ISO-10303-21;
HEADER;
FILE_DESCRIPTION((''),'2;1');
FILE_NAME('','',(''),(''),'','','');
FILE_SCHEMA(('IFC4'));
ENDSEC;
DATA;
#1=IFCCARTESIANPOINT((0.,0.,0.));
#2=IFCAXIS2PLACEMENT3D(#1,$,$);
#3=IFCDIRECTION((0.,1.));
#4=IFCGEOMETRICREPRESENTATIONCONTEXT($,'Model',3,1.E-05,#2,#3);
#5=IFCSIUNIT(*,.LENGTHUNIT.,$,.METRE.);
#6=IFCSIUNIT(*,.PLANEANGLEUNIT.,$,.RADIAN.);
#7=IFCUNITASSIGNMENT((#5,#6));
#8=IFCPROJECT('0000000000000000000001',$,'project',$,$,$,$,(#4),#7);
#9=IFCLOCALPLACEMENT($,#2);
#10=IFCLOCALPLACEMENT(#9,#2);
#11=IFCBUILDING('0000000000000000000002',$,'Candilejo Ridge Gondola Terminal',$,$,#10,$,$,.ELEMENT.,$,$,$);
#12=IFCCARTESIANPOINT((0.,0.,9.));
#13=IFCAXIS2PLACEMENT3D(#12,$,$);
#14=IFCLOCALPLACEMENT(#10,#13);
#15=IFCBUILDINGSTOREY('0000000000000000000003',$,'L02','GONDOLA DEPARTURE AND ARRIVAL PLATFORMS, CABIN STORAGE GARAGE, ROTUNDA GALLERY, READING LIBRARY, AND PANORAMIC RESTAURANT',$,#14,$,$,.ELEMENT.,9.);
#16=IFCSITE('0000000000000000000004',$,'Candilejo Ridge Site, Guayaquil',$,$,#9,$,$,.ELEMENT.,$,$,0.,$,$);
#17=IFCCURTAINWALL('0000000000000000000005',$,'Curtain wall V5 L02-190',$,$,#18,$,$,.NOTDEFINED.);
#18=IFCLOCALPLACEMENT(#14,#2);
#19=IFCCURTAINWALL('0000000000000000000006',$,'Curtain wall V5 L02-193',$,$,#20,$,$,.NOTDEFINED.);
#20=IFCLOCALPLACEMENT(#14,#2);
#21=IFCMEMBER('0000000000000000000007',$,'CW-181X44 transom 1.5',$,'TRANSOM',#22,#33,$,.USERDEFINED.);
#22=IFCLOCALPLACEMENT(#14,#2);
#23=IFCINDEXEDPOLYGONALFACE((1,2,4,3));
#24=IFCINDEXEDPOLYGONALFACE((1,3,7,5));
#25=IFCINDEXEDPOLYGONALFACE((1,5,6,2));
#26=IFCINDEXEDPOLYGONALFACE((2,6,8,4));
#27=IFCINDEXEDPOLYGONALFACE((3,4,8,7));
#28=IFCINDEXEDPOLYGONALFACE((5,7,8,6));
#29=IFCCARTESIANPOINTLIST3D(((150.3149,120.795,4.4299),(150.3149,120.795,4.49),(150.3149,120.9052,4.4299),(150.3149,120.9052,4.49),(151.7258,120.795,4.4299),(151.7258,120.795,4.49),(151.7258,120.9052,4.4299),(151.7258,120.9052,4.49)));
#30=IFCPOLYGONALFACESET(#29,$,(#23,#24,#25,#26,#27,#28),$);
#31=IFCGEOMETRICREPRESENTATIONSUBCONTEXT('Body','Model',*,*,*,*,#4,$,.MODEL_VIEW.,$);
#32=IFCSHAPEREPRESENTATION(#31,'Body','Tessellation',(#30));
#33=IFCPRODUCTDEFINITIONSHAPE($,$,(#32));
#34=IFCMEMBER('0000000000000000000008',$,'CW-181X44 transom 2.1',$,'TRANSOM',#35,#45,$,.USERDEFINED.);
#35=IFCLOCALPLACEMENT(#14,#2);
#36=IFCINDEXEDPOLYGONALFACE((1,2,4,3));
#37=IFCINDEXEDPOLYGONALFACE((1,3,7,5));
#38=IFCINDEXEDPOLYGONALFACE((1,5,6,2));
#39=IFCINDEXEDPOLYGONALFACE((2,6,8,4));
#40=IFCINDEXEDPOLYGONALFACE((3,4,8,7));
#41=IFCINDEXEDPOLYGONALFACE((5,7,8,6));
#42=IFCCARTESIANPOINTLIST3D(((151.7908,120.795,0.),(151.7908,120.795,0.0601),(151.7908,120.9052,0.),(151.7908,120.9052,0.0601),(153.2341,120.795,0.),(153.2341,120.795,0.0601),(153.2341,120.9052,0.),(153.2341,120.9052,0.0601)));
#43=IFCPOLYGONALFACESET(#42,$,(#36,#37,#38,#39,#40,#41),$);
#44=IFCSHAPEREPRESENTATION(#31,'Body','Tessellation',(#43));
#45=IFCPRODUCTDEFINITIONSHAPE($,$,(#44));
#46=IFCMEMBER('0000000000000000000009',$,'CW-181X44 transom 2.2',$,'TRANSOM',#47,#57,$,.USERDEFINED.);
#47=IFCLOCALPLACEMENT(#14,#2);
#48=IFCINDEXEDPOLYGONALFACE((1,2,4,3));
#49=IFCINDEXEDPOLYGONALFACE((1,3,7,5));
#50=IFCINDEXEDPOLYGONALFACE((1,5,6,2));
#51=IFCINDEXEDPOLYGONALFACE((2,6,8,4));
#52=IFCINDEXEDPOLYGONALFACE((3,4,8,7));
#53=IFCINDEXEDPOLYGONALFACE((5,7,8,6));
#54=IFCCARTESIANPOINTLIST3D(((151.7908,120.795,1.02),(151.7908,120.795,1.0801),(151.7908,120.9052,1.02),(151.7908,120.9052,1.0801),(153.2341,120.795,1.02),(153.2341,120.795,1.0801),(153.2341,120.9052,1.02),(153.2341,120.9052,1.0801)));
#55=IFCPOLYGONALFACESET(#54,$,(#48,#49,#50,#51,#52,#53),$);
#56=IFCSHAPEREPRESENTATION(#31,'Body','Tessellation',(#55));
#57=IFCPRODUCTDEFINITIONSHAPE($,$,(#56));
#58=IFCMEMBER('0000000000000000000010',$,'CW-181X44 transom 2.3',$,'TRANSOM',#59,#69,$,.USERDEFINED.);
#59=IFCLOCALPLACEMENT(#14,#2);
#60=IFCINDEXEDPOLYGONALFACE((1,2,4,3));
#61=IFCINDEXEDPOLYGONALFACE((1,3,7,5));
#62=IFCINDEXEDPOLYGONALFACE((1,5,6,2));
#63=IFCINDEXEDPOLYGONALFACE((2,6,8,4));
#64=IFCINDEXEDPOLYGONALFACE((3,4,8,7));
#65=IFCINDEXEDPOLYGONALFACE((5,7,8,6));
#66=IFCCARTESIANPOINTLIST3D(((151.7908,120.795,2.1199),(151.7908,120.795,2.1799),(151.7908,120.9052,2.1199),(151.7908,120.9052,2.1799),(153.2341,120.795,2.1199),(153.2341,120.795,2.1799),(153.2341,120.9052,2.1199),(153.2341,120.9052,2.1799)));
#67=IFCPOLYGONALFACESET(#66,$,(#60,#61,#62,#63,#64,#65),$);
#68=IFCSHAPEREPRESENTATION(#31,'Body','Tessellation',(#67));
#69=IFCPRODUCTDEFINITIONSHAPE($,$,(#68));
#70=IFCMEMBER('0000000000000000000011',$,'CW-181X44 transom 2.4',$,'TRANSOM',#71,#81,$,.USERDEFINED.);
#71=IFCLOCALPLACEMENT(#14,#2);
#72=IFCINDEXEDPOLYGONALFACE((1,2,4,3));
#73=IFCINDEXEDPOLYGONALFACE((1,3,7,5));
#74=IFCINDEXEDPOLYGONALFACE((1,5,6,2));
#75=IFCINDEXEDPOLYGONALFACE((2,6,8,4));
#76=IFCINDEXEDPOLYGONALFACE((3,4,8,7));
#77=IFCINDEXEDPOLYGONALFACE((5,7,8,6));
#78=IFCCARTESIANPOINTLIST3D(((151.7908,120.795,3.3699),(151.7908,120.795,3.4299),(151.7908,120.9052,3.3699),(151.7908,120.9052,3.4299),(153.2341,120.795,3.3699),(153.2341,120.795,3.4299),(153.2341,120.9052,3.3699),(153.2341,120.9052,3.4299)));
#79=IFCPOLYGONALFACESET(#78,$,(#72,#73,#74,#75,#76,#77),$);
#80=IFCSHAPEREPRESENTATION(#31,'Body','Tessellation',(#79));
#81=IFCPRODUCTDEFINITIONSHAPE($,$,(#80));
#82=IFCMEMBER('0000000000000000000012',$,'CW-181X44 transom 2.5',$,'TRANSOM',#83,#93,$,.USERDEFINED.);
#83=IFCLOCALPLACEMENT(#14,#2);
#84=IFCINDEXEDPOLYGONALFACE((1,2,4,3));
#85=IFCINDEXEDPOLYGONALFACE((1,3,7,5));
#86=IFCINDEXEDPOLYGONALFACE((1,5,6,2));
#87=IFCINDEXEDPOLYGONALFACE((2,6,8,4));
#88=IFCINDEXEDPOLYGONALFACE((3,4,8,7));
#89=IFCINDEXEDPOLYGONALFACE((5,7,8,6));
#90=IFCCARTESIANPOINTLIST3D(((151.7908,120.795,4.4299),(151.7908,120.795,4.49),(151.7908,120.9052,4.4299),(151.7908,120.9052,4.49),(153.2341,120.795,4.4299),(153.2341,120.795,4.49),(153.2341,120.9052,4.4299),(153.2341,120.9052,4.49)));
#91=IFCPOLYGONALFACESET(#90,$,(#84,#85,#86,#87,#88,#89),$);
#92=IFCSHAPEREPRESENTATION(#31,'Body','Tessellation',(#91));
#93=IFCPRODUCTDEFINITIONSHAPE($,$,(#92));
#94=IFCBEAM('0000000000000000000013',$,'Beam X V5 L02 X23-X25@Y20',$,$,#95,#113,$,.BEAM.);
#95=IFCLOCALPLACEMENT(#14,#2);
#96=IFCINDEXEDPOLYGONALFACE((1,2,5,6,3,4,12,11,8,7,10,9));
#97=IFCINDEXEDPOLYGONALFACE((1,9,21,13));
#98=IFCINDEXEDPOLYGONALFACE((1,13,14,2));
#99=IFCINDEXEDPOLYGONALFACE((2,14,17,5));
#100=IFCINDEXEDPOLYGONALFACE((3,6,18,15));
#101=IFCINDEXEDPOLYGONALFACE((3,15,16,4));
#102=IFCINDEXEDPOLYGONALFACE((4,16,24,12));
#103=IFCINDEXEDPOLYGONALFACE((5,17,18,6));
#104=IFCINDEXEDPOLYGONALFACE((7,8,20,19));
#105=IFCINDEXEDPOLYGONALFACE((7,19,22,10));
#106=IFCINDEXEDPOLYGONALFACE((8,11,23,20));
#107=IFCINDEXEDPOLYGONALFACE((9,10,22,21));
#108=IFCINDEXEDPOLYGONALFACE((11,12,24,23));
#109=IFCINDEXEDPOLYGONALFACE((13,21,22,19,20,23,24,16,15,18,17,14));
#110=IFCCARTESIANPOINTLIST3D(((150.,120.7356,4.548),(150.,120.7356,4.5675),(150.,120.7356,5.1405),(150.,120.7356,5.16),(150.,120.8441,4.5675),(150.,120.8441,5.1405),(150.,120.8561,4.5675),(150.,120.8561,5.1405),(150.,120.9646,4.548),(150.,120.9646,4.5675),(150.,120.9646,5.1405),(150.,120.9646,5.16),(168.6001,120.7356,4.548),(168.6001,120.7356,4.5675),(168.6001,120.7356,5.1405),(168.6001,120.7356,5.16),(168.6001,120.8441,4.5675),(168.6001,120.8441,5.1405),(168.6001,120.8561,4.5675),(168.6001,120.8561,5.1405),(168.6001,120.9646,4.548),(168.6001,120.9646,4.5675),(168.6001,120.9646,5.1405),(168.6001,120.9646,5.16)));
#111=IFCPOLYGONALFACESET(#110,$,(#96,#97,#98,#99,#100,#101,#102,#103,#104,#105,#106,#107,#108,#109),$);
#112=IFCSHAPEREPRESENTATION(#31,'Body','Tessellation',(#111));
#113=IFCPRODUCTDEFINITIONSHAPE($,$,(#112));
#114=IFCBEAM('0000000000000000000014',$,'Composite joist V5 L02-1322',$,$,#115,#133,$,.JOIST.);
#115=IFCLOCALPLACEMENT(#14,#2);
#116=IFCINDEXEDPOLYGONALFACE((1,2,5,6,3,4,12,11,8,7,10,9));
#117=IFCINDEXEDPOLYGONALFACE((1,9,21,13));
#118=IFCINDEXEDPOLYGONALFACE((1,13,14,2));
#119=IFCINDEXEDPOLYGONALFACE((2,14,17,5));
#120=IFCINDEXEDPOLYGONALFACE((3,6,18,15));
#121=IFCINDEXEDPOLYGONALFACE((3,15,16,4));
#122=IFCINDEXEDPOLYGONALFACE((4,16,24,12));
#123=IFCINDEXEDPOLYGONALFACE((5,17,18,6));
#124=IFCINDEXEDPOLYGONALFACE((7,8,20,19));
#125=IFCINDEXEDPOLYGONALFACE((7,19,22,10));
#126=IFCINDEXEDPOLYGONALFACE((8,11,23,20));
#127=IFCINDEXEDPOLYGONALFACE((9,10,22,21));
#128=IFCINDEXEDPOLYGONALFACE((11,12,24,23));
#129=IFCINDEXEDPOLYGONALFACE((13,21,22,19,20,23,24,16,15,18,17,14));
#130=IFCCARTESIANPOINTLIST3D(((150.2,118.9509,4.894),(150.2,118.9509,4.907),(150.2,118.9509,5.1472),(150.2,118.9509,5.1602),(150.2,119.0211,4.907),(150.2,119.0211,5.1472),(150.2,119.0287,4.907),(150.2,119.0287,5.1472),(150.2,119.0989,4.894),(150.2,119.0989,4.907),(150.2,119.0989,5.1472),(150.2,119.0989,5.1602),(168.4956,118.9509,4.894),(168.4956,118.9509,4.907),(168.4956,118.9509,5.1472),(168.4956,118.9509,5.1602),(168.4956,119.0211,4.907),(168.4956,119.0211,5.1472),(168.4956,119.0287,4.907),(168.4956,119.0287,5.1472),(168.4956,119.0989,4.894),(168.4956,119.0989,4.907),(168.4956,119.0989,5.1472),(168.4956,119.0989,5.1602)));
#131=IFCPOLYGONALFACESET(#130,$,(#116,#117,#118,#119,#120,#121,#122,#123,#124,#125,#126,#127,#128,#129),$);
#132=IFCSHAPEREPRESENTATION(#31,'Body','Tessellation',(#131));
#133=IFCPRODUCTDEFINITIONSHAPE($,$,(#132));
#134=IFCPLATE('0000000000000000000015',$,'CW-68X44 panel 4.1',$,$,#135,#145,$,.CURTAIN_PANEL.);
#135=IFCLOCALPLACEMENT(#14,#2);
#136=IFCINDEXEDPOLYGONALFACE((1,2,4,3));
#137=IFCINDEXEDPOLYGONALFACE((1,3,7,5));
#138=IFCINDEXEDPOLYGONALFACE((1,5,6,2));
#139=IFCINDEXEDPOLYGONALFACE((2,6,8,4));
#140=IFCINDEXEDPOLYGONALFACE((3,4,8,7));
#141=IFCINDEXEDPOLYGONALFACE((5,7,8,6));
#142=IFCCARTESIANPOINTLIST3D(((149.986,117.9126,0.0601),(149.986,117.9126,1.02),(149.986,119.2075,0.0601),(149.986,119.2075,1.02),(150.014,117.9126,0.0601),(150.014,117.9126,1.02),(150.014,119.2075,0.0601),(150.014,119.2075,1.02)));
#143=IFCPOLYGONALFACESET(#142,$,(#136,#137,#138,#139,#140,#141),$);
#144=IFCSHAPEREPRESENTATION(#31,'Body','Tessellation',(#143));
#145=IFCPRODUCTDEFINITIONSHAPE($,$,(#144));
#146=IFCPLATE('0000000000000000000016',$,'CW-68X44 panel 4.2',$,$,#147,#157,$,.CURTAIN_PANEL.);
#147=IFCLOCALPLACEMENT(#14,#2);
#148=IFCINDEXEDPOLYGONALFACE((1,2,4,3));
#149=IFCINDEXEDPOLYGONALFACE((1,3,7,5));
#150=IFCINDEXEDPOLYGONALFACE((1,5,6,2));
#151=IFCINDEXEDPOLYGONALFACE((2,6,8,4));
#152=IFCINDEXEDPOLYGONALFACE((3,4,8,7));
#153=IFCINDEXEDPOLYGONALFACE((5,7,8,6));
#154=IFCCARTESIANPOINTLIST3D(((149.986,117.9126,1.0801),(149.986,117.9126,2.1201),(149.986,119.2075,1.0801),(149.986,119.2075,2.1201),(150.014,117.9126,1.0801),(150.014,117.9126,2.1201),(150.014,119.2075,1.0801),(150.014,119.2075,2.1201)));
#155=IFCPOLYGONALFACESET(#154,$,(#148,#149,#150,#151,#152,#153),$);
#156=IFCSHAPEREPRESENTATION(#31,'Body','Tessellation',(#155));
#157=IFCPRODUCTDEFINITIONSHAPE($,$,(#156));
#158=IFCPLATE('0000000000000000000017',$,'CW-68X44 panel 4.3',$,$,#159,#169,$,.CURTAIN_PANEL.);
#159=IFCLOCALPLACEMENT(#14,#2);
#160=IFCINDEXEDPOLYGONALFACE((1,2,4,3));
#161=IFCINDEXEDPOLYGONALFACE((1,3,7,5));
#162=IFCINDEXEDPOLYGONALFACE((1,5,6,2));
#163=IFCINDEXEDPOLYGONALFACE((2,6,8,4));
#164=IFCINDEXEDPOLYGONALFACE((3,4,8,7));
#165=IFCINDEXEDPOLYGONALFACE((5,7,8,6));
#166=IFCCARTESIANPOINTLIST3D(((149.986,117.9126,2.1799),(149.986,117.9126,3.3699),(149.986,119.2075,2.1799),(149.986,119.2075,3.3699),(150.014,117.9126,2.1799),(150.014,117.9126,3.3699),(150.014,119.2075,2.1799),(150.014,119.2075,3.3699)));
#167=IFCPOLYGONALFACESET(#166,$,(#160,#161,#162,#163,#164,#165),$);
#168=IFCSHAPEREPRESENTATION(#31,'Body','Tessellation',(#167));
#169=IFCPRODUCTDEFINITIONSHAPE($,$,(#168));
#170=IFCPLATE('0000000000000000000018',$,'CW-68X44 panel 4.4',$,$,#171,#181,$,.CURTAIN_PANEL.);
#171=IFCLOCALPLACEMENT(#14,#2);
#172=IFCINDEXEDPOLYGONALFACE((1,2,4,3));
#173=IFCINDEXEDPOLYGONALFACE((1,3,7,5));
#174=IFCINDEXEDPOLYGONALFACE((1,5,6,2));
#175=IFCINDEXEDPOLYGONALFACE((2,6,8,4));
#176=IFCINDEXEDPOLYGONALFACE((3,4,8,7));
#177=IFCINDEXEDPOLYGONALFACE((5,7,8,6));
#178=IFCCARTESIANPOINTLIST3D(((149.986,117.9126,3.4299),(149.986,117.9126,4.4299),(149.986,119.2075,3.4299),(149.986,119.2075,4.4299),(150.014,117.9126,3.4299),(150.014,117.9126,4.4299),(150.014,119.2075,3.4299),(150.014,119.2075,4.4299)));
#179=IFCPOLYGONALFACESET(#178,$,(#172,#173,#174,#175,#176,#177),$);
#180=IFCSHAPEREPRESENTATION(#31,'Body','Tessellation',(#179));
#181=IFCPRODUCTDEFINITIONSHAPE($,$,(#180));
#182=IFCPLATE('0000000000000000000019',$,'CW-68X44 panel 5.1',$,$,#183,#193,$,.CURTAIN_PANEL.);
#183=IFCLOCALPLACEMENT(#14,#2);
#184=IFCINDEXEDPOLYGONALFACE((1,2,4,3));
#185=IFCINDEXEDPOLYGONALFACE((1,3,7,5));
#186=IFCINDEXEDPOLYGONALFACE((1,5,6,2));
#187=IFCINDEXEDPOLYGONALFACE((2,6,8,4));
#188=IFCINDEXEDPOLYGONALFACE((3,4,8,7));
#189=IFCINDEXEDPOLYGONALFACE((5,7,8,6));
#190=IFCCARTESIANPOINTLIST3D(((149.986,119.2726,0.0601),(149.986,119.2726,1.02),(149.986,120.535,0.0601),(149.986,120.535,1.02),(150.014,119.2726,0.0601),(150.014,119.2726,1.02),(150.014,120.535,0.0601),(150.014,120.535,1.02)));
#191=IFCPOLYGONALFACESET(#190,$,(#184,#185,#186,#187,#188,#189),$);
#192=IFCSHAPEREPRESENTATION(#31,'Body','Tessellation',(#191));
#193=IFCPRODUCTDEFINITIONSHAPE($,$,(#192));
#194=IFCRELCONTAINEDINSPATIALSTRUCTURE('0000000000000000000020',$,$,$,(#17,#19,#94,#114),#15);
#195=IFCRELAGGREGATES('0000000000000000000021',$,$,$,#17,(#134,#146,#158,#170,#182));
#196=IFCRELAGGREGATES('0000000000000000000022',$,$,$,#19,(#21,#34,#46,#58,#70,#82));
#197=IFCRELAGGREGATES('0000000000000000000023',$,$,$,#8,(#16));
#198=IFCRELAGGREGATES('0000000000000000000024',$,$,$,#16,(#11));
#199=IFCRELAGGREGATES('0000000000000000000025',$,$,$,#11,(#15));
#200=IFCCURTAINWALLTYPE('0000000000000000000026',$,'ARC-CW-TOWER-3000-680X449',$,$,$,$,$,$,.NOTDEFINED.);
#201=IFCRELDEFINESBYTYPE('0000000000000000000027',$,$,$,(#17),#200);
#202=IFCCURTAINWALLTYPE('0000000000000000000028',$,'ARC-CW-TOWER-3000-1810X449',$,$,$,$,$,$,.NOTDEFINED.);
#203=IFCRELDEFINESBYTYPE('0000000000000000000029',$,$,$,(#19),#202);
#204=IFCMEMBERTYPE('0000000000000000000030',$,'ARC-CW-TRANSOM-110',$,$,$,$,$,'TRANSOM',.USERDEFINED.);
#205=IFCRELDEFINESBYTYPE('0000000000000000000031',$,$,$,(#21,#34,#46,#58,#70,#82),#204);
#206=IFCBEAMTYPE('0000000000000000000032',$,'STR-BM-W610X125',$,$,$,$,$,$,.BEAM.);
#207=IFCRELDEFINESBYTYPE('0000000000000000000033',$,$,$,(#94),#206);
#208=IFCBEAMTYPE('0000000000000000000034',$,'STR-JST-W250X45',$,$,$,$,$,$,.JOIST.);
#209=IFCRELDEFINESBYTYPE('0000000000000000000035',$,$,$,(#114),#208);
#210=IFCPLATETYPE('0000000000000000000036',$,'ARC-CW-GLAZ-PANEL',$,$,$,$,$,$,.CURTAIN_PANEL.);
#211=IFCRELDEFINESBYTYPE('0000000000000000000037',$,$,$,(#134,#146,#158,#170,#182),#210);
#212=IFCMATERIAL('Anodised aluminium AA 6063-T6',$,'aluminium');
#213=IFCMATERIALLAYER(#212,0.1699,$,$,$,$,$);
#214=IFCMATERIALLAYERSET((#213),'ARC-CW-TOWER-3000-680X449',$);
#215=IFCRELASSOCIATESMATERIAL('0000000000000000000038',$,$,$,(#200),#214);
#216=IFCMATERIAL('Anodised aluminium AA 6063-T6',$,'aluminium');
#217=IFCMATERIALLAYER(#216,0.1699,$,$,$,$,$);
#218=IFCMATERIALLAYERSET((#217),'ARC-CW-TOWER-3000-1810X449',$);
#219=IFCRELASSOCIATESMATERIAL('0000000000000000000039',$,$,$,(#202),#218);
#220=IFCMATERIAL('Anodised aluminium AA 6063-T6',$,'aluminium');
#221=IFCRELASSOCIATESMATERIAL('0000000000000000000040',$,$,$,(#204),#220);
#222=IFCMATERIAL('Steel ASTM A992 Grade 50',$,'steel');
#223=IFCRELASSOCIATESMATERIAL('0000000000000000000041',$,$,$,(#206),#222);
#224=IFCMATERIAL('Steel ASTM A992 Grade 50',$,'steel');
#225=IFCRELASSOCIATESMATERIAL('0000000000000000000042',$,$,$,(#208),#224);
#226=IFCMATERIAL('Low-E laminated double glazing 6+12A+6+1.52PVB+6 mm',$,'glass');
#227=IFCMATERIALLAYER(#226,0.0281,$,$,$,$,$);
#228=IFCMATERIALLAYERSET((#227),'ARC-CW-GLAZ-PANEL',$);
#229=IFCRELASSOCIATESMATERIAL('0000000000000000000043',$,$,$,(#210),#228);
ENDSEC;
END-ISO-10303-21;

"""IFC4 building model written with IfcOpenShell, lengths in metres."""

from ifc_helpers import new_model, si_unit, direction, frame, origin, origin_2d, place, context, subcontext, project, spatial, rectangle, i_section, extrude, material, layer, layer_set, material_profile, profile_set, type_object, element, aggregate, save


model = new_model("IFC4")

# Units and contexts
model_context = context("Model", 3, precision=1e-05, world=origin(), true_north=direction((0.0, 1.0)))
body_context = subcontext(model_context, "Body", "Model", "MODEL_VIEW")
ifc_project = project(units=[si_unit("LENGTHUNIT", "METRE"), si_unit("PLANEANGLEUNIT", "RADIAN")], contexts=[model_context])

# Site, building, storey
site_placement = place(None, origin())
site = spatial("IfcSite", under=ifc_project, at=site_placement, Name="Candilejo Ridge Site, Guayaquil", CompositionType="ELEMENT", RefElevation=0.0)
building_placement = place(site_placement, origin())
building = spatial("IfcBuilding", under=site, at=building_placement, Name="Candilejo Ridge Gondola Terminal", CompositionType="ELEMENT")
storey_placement = place(building_placement, frame((0.0, 0.0, 9.0)))
storey = spatial("IfcBuildingStorey", under=building, at=storey_placement, Name="L02", Description="GONDOLA DEPARTURE AND ARRIVAL PLATFORMS, CABIN STORAGE GARAGE, ROTUNDA GALLERY, READING LIBRARY, AND PANORAMIC RESTAURANT", CompositionType="ELEMENT", Elevation=9.0)

# Curtain walls
ifc_material_1 = material(Name="Anodised aluminium AA 6063-T6", Category="aluminium")
ifc_layer_1 = layer(ifc_material_1, 0.1699)
ifc_layer_set_1 = layer_set([ifc_layer_1], Name="ARC-CW-TOWER-3000-680X449")
curtain_wall_type_1 = type_object("IfcCurtainWallType", Name="ARC-CW-TOWER-3000-680X449", PredefinedType="NOTDEFINED", material=ifc_layer_set_1)
curtain_wall_1_placement = place(storey_placement, origin())
curtain_wall_1 = element("IfcCurtainWall", 1, at=curtain_wall_1_placement, inside=storey, type_object=curtain_wall_type_1, Name="Curtain wall V5 L02-190", PredefinedType="NOTDEFINED")
ifc_material_2 = material(Name="Anodised aluminium AA 6063-T6", Category="aluminium")
ifc_layer_2 = layer(ifc_material_2, 0.1699)
ifc_layer_set_2 = layer_set([ifc_layer_2], Name="ARC-CW-TOWER-3000-1810X449")
curtain_wall_type_2 = type_object("IfcCurtainWallType", Name="ARC-CW-TOWER-3000-1810X449", PredefinedType="NOTDEFINED", material=ifc_layer_set_2)
curtain_wall_2_placement = place(storey_placement, origin())
curtain_wall_2 = element("IfcCurtainWall", 2, at=curtain_wall_2_placement, inside=storey, type_object=curtain_wall_type_2, Name="Curtain wall V5 L02-193", PredefinedType="NOTDEFINED")

# Members
ifc_material_3 = material(Name="Anodised aluminium AA 6063-T6", Category="aluminium")
ifc_material_profile_1 = material_profile(ifc_material_3, rectangle(XDim=0.1101, YDim=0.0601, at=origin_2d()))
ifc_profile_set_1 = profile_set([ifc_material_profile_1], Name="Anodised aluminium AA 6063-T6")
member_type_1 = type_object("IfcMemberType", Name="ARC-CW-TRANSOM-110", ElementType="TRANSOM", PredefinedType="USERDEFINED", material=ifc_profile_set_1)
member_1_placement = place(storey_placement, frame((150.3149, 120.8501, 4.46), z_axis=(1.0, 0.0, 0.0), x_axis=(0.0, 1.0, 0.0)))
member_1 = element("IfcMember", 3, at=member_1_placement, type_object=member_type_1, Name="CW-181X44 transom 1.5", ObjectType="TRANSOM", PredefinedType="USERDEFINED", context=body_context, shape_type="SweptSolid", body=[
    extrude(rectangle(XDim=0.1101, YDim=0.0601, at=origin_2d()), origin(), (0.0, 0.0, 1.0), 1.4109),
])
member_2_placement = place(storey_placement, frame((151.7908, 120.8501, 0.03), z_axis=(1.0, 0.0, 0.0), x_axis=(0.0, 1.0, 0.0)))
member_2 = element("IfcMember", 4, at=member_2_placement, type_object=member_type_1, Name="CW-181X44 transom 2.1", ObjectType="TRANSOM", PredefinedType="USERDEFINED", context=body_context, shape_type="SweptSolid", body=[
    extrude(rectangle(XDim=0.1101, YDim=0.0601, at=origin_2d()), origin(), (0.0, 0.0, 1.0), 1.4434),
])
member_3_placement = place(storey_placement, frame((151.7908, 120.8501, 1.05), z_axis=(1.0, 0.0, 0.0), x_axis=(0.0, 1.0, 0.0)))
member_3 = element("IfcMember", 5, at=member_3_placement, type_object=member_type_1, Name="CW-181X44 transom 2.2", ObjectType="TRANSOM", PredefinedType="USERDEFINED", context=body_context, shape_type="SweptSolid", body=[
    extrude(rectangle(XDim=0.1101, YDim=0.0601, at=origin_2d()), origin(), (0.0, 0.0, 1.0), 1.4434),
])
member_4_placement = place(storey_placement, frame((151.7908, 120.8501, 2.1499), z_axis=(1.0, 0.0, 0.0), x_axis=(0.0, 1.0, 0.0)))
member_4 = element("IfcMember", 6, at=member_4_placement, type_object=member_type_1, Name="CW-181X44 transom 2.3", ObjectType="TRANSOM", PredefinedType="USERDEFINED", context=body_context, shape_type="SweptSolid", body=[
    extrude(rectangle(XDim=0.1101, YDim=0.0601, at=origin_2d()), origin(), (0.0, 0.0, 1.0), 1.4434),
])
member_5_placement = place(storey_placement, frame((151.7908, 120.8501, 3.3999), z_axis=(1.0, 0.0, 0.0), x_axis=(0.0, 1.0, 0.0)))
member_5 = element("IfcMember", 7, at=member_5_placement, type_object=member_type_1, Name="CW-181X44 transom 2.4", ObjectType="TRANSOM", PredefinedType="USERDEFINED", context=body_context, shape_type="SweptSolid", body=[
    extrude(rectangle(XDim=0.1101, YDim=0.0601, at=origin_2d()), origin(), (0.0, 0.0, 1.0), 1.4434),
])
member_6_placement = place(storey_placement, frame((151.7908, 120.8501, 4.46), z_axis=(1.0, 0.0, 0.0), x_axis=(0.0, 1.0, 0.0)))
member_6 = element("IfcMember", 8, at=member_6_placement, type_object=member_type_1, Name="CW-181X44 transom 2.5", ObjectType="TRANSOM", PredefinedType="USERDEFINED", context=body_context, shape_type="SweptSolid", body=[
    extrude(rectangle(XDim=0.1101, YDim=0.0601, at=origin_2d()), origin(), (0.0, 0.0, 1.0), 1.4434),
])

# Beams
ifc_material_4 = material(Name="Steel ASTM A992 Grade 50", Category="steel")
ifc_material_profile_2 = material_profile(ifc_material_4, i_section(OverallWidth=0.229, OverallDepth=0.6121, WebThickness=0.012, FlangeThickness=0.0195, at=origin_2d()))
ifc_profile_set_2 = profile_set([ifc_material_profile_2], Name="Steel ASTM A992 Grade 50")
beam_type_1 = type_object("IfcBeamType", Name="STR-BM-W610X125", PredefinedType="BEAM", material=ifc_profile_set_2)
beam_1_placement = place(storey_placement, frame((150.0, 120.8501, 4.854), z_axis=(1.0, 0.0, 0.0), x_axis=(0.0, 1.0, 0.0)))
element("IfcBeam", 9, at=beam_1_placement, inside=storey, type_object=beam_type_1, Name="Beam X V5 L02 X23-X25@Y20", PredefinedType="BEAM", context=body_context, shape_type="SweptSolid", body=[
    extrude(i_section(OverallWidth=0.229, OverallDepth=0.6121, WebThickness=0.012, FlangeThickness=0.0195, at=origin_2d()), origin(), (0.0, 0.0, 1.0), 18.6001),
])
ifc_material_5 = material(Name="Steel ASTM A992 Grade 50", Category="steel")
ifc_material_profile_3 = material_profile(ifc_material_5, i_section(OverallWidth=0.1479, OverallDepth=0.2661, WebThickness=0.0076, FlangeThickness=0.0129, at=origin_2d()))
ifc_profile_set_3 = profile_set([ifc_material_profile_3], Name="Steel ASTM A992 Grade 50")
beam_type_2 = type_object("IfcBeamType", Name="STR-JST-W250X45", PredefinedType="JOIST", material=ifc_profile_set_3)
beam_2_placement = place(storey_placement, frame((150.2, 119.0249, 5.0271), z_axis=(1.0, 0.0, 0.0), x_axis=(0.0, 1.0, 0.0)))
element("IfcBeam", 10, at=beam_2_placement, inside=storey, type_object=beam_type_2, Name="Composite joist V5 L02-1322", PredefinedType="JOIST", context=body_context, shape_type="SweptSolid", body=[
    extrude(i_section(OverallWidth=0.1479, OverallDepth=0.2661, WebThickness=0.0076, FlangeThickness=0.0129, at=origin_2d()), origin(), (0.0, 0.0, 1.0), 18.2957),
])

# Plates
ifc_material_6 = material(Name="Low-E laminated double glazing 6+12A+6+1.52PVB+6 mm", Category="glass")
ifc_layer_3 = layer(ifc_material_6, 0.0281)
ifc_layer_set_3 = layer_set([ifc_layer_3], Name="ARC-CW-GLAZ-PANEL")
plate_type = type_object("IfcPlateType", Name="ARC-CW-GLAZ-PANEL", PredefinedType="CURTAIN_PANEL", material=ifc_layer_set_3)
plate_1_placement = place(storey_placement, frame((150.0, 118.5601, 0.0601), z_axis=(0.0, 0.0, 1.0), x_axis=(0.0, 1.0, 0.0)))
plate_1 = element("IfcPlate", 11, at=plate_1_placement, type_object=plate_type, Name="CW-68X44 panel 4.1", PredefinedType="CURTAIN_PANEL", context=body_context, shape_type="SweptSolid", body=[
    extrude(rectangle(XDim=1.2949, YDim=0.0281, at=origin_2d()), origin(), (0.0, 0.0, 1.0), 0.96),
])
plate_2_placement = place(storey_placement, frame((150.0, 118.5601, 1.0801), z_axis=(0.0, 0.0, 1.0), x_axis=(0.0, 1.0, 0.0)))
plate_2 = element("IfcPlate", 12, at=plate_2_placement, type_object=plate_type, Name="CW-68X44 panel 4.2", PredefinedType="CURTAIN_PANEL", context=body_context, shape_type="SweptSolid", body=[
    extrude(rectangle(XDim=1.2949, YDim=0.0281, at=origin_2d()), origin(), (0.0, 0.0, 1.0), 1.04),
])
plate_3_placement = place(storey_placement, frame((150.0, 118.5601, 2.1799), z_axis=(0.0, 0.0, 1.0), x_axis=(0.0, 1.0, 0.0)))
plate_3 = element("IfcPlate", 13, at=plate_3_placement, type_object=plate_type, Name="CW-68X44 panel 4.3", PredefinedType="CURTAIN_PANEL", context=body_context, shape_type="SweptSolid", body=[
    extrude(rectangle(XDim=1.2949, YDim=0.0281, at=origin_2d()), origin(), (0.0, 0.0, 1.0), 1.1899),
])
plate_4_placement = place(storey_placement, frame((150.0, 118.5601, 3.4299), z_axis=(0.0, 0.0, 1.0), x_axis=(0.0, 1.0, 0.0)))
plate_4 = element("IfcPlate", 14, at=plate_4_placement, type_object=plate_type, Name="CW-68X44 panel 4.4", PredefinedType="CURTAIN_PANEL", context=body_context, shape_type="SweptSolid", body=[
    extrude(rectangle(XDim=1.2949, YDim=0.0281, at=origin_2d()), origin(), (0.0, 0.0, 1.0), 1.0),
])
plate_5_placement = place(storey_placement, frame((150.0, 119.9038, 0.0601), z_axis=(0.0, 0.0, 1.0), x_axis=(0.0, 1.0, 0.0)))
plate_5 = element("IfcPlate", 15, at=plate_5_placement, type_object=plate_type, Name="CW-68X44 panel 5.1", PredefinedType="CURTAIN_PANEL", context=body_context, shape_type="SweptSolid", body=[
    extrude(rectangle(XDim=1.2625, YDim=0.0281, at=origin_2d()), origin(), (0.0, 0.0, 1.0), 0.96),
])
aggregate(curtain_wall_1, [plate_1, plate_2, plate_3, plate_4, plate_5])
aggregate(curtain_wall_2, [member_1, member_2, member_3, member_4, member_5, member_6])

save(model, "model.ifc")
